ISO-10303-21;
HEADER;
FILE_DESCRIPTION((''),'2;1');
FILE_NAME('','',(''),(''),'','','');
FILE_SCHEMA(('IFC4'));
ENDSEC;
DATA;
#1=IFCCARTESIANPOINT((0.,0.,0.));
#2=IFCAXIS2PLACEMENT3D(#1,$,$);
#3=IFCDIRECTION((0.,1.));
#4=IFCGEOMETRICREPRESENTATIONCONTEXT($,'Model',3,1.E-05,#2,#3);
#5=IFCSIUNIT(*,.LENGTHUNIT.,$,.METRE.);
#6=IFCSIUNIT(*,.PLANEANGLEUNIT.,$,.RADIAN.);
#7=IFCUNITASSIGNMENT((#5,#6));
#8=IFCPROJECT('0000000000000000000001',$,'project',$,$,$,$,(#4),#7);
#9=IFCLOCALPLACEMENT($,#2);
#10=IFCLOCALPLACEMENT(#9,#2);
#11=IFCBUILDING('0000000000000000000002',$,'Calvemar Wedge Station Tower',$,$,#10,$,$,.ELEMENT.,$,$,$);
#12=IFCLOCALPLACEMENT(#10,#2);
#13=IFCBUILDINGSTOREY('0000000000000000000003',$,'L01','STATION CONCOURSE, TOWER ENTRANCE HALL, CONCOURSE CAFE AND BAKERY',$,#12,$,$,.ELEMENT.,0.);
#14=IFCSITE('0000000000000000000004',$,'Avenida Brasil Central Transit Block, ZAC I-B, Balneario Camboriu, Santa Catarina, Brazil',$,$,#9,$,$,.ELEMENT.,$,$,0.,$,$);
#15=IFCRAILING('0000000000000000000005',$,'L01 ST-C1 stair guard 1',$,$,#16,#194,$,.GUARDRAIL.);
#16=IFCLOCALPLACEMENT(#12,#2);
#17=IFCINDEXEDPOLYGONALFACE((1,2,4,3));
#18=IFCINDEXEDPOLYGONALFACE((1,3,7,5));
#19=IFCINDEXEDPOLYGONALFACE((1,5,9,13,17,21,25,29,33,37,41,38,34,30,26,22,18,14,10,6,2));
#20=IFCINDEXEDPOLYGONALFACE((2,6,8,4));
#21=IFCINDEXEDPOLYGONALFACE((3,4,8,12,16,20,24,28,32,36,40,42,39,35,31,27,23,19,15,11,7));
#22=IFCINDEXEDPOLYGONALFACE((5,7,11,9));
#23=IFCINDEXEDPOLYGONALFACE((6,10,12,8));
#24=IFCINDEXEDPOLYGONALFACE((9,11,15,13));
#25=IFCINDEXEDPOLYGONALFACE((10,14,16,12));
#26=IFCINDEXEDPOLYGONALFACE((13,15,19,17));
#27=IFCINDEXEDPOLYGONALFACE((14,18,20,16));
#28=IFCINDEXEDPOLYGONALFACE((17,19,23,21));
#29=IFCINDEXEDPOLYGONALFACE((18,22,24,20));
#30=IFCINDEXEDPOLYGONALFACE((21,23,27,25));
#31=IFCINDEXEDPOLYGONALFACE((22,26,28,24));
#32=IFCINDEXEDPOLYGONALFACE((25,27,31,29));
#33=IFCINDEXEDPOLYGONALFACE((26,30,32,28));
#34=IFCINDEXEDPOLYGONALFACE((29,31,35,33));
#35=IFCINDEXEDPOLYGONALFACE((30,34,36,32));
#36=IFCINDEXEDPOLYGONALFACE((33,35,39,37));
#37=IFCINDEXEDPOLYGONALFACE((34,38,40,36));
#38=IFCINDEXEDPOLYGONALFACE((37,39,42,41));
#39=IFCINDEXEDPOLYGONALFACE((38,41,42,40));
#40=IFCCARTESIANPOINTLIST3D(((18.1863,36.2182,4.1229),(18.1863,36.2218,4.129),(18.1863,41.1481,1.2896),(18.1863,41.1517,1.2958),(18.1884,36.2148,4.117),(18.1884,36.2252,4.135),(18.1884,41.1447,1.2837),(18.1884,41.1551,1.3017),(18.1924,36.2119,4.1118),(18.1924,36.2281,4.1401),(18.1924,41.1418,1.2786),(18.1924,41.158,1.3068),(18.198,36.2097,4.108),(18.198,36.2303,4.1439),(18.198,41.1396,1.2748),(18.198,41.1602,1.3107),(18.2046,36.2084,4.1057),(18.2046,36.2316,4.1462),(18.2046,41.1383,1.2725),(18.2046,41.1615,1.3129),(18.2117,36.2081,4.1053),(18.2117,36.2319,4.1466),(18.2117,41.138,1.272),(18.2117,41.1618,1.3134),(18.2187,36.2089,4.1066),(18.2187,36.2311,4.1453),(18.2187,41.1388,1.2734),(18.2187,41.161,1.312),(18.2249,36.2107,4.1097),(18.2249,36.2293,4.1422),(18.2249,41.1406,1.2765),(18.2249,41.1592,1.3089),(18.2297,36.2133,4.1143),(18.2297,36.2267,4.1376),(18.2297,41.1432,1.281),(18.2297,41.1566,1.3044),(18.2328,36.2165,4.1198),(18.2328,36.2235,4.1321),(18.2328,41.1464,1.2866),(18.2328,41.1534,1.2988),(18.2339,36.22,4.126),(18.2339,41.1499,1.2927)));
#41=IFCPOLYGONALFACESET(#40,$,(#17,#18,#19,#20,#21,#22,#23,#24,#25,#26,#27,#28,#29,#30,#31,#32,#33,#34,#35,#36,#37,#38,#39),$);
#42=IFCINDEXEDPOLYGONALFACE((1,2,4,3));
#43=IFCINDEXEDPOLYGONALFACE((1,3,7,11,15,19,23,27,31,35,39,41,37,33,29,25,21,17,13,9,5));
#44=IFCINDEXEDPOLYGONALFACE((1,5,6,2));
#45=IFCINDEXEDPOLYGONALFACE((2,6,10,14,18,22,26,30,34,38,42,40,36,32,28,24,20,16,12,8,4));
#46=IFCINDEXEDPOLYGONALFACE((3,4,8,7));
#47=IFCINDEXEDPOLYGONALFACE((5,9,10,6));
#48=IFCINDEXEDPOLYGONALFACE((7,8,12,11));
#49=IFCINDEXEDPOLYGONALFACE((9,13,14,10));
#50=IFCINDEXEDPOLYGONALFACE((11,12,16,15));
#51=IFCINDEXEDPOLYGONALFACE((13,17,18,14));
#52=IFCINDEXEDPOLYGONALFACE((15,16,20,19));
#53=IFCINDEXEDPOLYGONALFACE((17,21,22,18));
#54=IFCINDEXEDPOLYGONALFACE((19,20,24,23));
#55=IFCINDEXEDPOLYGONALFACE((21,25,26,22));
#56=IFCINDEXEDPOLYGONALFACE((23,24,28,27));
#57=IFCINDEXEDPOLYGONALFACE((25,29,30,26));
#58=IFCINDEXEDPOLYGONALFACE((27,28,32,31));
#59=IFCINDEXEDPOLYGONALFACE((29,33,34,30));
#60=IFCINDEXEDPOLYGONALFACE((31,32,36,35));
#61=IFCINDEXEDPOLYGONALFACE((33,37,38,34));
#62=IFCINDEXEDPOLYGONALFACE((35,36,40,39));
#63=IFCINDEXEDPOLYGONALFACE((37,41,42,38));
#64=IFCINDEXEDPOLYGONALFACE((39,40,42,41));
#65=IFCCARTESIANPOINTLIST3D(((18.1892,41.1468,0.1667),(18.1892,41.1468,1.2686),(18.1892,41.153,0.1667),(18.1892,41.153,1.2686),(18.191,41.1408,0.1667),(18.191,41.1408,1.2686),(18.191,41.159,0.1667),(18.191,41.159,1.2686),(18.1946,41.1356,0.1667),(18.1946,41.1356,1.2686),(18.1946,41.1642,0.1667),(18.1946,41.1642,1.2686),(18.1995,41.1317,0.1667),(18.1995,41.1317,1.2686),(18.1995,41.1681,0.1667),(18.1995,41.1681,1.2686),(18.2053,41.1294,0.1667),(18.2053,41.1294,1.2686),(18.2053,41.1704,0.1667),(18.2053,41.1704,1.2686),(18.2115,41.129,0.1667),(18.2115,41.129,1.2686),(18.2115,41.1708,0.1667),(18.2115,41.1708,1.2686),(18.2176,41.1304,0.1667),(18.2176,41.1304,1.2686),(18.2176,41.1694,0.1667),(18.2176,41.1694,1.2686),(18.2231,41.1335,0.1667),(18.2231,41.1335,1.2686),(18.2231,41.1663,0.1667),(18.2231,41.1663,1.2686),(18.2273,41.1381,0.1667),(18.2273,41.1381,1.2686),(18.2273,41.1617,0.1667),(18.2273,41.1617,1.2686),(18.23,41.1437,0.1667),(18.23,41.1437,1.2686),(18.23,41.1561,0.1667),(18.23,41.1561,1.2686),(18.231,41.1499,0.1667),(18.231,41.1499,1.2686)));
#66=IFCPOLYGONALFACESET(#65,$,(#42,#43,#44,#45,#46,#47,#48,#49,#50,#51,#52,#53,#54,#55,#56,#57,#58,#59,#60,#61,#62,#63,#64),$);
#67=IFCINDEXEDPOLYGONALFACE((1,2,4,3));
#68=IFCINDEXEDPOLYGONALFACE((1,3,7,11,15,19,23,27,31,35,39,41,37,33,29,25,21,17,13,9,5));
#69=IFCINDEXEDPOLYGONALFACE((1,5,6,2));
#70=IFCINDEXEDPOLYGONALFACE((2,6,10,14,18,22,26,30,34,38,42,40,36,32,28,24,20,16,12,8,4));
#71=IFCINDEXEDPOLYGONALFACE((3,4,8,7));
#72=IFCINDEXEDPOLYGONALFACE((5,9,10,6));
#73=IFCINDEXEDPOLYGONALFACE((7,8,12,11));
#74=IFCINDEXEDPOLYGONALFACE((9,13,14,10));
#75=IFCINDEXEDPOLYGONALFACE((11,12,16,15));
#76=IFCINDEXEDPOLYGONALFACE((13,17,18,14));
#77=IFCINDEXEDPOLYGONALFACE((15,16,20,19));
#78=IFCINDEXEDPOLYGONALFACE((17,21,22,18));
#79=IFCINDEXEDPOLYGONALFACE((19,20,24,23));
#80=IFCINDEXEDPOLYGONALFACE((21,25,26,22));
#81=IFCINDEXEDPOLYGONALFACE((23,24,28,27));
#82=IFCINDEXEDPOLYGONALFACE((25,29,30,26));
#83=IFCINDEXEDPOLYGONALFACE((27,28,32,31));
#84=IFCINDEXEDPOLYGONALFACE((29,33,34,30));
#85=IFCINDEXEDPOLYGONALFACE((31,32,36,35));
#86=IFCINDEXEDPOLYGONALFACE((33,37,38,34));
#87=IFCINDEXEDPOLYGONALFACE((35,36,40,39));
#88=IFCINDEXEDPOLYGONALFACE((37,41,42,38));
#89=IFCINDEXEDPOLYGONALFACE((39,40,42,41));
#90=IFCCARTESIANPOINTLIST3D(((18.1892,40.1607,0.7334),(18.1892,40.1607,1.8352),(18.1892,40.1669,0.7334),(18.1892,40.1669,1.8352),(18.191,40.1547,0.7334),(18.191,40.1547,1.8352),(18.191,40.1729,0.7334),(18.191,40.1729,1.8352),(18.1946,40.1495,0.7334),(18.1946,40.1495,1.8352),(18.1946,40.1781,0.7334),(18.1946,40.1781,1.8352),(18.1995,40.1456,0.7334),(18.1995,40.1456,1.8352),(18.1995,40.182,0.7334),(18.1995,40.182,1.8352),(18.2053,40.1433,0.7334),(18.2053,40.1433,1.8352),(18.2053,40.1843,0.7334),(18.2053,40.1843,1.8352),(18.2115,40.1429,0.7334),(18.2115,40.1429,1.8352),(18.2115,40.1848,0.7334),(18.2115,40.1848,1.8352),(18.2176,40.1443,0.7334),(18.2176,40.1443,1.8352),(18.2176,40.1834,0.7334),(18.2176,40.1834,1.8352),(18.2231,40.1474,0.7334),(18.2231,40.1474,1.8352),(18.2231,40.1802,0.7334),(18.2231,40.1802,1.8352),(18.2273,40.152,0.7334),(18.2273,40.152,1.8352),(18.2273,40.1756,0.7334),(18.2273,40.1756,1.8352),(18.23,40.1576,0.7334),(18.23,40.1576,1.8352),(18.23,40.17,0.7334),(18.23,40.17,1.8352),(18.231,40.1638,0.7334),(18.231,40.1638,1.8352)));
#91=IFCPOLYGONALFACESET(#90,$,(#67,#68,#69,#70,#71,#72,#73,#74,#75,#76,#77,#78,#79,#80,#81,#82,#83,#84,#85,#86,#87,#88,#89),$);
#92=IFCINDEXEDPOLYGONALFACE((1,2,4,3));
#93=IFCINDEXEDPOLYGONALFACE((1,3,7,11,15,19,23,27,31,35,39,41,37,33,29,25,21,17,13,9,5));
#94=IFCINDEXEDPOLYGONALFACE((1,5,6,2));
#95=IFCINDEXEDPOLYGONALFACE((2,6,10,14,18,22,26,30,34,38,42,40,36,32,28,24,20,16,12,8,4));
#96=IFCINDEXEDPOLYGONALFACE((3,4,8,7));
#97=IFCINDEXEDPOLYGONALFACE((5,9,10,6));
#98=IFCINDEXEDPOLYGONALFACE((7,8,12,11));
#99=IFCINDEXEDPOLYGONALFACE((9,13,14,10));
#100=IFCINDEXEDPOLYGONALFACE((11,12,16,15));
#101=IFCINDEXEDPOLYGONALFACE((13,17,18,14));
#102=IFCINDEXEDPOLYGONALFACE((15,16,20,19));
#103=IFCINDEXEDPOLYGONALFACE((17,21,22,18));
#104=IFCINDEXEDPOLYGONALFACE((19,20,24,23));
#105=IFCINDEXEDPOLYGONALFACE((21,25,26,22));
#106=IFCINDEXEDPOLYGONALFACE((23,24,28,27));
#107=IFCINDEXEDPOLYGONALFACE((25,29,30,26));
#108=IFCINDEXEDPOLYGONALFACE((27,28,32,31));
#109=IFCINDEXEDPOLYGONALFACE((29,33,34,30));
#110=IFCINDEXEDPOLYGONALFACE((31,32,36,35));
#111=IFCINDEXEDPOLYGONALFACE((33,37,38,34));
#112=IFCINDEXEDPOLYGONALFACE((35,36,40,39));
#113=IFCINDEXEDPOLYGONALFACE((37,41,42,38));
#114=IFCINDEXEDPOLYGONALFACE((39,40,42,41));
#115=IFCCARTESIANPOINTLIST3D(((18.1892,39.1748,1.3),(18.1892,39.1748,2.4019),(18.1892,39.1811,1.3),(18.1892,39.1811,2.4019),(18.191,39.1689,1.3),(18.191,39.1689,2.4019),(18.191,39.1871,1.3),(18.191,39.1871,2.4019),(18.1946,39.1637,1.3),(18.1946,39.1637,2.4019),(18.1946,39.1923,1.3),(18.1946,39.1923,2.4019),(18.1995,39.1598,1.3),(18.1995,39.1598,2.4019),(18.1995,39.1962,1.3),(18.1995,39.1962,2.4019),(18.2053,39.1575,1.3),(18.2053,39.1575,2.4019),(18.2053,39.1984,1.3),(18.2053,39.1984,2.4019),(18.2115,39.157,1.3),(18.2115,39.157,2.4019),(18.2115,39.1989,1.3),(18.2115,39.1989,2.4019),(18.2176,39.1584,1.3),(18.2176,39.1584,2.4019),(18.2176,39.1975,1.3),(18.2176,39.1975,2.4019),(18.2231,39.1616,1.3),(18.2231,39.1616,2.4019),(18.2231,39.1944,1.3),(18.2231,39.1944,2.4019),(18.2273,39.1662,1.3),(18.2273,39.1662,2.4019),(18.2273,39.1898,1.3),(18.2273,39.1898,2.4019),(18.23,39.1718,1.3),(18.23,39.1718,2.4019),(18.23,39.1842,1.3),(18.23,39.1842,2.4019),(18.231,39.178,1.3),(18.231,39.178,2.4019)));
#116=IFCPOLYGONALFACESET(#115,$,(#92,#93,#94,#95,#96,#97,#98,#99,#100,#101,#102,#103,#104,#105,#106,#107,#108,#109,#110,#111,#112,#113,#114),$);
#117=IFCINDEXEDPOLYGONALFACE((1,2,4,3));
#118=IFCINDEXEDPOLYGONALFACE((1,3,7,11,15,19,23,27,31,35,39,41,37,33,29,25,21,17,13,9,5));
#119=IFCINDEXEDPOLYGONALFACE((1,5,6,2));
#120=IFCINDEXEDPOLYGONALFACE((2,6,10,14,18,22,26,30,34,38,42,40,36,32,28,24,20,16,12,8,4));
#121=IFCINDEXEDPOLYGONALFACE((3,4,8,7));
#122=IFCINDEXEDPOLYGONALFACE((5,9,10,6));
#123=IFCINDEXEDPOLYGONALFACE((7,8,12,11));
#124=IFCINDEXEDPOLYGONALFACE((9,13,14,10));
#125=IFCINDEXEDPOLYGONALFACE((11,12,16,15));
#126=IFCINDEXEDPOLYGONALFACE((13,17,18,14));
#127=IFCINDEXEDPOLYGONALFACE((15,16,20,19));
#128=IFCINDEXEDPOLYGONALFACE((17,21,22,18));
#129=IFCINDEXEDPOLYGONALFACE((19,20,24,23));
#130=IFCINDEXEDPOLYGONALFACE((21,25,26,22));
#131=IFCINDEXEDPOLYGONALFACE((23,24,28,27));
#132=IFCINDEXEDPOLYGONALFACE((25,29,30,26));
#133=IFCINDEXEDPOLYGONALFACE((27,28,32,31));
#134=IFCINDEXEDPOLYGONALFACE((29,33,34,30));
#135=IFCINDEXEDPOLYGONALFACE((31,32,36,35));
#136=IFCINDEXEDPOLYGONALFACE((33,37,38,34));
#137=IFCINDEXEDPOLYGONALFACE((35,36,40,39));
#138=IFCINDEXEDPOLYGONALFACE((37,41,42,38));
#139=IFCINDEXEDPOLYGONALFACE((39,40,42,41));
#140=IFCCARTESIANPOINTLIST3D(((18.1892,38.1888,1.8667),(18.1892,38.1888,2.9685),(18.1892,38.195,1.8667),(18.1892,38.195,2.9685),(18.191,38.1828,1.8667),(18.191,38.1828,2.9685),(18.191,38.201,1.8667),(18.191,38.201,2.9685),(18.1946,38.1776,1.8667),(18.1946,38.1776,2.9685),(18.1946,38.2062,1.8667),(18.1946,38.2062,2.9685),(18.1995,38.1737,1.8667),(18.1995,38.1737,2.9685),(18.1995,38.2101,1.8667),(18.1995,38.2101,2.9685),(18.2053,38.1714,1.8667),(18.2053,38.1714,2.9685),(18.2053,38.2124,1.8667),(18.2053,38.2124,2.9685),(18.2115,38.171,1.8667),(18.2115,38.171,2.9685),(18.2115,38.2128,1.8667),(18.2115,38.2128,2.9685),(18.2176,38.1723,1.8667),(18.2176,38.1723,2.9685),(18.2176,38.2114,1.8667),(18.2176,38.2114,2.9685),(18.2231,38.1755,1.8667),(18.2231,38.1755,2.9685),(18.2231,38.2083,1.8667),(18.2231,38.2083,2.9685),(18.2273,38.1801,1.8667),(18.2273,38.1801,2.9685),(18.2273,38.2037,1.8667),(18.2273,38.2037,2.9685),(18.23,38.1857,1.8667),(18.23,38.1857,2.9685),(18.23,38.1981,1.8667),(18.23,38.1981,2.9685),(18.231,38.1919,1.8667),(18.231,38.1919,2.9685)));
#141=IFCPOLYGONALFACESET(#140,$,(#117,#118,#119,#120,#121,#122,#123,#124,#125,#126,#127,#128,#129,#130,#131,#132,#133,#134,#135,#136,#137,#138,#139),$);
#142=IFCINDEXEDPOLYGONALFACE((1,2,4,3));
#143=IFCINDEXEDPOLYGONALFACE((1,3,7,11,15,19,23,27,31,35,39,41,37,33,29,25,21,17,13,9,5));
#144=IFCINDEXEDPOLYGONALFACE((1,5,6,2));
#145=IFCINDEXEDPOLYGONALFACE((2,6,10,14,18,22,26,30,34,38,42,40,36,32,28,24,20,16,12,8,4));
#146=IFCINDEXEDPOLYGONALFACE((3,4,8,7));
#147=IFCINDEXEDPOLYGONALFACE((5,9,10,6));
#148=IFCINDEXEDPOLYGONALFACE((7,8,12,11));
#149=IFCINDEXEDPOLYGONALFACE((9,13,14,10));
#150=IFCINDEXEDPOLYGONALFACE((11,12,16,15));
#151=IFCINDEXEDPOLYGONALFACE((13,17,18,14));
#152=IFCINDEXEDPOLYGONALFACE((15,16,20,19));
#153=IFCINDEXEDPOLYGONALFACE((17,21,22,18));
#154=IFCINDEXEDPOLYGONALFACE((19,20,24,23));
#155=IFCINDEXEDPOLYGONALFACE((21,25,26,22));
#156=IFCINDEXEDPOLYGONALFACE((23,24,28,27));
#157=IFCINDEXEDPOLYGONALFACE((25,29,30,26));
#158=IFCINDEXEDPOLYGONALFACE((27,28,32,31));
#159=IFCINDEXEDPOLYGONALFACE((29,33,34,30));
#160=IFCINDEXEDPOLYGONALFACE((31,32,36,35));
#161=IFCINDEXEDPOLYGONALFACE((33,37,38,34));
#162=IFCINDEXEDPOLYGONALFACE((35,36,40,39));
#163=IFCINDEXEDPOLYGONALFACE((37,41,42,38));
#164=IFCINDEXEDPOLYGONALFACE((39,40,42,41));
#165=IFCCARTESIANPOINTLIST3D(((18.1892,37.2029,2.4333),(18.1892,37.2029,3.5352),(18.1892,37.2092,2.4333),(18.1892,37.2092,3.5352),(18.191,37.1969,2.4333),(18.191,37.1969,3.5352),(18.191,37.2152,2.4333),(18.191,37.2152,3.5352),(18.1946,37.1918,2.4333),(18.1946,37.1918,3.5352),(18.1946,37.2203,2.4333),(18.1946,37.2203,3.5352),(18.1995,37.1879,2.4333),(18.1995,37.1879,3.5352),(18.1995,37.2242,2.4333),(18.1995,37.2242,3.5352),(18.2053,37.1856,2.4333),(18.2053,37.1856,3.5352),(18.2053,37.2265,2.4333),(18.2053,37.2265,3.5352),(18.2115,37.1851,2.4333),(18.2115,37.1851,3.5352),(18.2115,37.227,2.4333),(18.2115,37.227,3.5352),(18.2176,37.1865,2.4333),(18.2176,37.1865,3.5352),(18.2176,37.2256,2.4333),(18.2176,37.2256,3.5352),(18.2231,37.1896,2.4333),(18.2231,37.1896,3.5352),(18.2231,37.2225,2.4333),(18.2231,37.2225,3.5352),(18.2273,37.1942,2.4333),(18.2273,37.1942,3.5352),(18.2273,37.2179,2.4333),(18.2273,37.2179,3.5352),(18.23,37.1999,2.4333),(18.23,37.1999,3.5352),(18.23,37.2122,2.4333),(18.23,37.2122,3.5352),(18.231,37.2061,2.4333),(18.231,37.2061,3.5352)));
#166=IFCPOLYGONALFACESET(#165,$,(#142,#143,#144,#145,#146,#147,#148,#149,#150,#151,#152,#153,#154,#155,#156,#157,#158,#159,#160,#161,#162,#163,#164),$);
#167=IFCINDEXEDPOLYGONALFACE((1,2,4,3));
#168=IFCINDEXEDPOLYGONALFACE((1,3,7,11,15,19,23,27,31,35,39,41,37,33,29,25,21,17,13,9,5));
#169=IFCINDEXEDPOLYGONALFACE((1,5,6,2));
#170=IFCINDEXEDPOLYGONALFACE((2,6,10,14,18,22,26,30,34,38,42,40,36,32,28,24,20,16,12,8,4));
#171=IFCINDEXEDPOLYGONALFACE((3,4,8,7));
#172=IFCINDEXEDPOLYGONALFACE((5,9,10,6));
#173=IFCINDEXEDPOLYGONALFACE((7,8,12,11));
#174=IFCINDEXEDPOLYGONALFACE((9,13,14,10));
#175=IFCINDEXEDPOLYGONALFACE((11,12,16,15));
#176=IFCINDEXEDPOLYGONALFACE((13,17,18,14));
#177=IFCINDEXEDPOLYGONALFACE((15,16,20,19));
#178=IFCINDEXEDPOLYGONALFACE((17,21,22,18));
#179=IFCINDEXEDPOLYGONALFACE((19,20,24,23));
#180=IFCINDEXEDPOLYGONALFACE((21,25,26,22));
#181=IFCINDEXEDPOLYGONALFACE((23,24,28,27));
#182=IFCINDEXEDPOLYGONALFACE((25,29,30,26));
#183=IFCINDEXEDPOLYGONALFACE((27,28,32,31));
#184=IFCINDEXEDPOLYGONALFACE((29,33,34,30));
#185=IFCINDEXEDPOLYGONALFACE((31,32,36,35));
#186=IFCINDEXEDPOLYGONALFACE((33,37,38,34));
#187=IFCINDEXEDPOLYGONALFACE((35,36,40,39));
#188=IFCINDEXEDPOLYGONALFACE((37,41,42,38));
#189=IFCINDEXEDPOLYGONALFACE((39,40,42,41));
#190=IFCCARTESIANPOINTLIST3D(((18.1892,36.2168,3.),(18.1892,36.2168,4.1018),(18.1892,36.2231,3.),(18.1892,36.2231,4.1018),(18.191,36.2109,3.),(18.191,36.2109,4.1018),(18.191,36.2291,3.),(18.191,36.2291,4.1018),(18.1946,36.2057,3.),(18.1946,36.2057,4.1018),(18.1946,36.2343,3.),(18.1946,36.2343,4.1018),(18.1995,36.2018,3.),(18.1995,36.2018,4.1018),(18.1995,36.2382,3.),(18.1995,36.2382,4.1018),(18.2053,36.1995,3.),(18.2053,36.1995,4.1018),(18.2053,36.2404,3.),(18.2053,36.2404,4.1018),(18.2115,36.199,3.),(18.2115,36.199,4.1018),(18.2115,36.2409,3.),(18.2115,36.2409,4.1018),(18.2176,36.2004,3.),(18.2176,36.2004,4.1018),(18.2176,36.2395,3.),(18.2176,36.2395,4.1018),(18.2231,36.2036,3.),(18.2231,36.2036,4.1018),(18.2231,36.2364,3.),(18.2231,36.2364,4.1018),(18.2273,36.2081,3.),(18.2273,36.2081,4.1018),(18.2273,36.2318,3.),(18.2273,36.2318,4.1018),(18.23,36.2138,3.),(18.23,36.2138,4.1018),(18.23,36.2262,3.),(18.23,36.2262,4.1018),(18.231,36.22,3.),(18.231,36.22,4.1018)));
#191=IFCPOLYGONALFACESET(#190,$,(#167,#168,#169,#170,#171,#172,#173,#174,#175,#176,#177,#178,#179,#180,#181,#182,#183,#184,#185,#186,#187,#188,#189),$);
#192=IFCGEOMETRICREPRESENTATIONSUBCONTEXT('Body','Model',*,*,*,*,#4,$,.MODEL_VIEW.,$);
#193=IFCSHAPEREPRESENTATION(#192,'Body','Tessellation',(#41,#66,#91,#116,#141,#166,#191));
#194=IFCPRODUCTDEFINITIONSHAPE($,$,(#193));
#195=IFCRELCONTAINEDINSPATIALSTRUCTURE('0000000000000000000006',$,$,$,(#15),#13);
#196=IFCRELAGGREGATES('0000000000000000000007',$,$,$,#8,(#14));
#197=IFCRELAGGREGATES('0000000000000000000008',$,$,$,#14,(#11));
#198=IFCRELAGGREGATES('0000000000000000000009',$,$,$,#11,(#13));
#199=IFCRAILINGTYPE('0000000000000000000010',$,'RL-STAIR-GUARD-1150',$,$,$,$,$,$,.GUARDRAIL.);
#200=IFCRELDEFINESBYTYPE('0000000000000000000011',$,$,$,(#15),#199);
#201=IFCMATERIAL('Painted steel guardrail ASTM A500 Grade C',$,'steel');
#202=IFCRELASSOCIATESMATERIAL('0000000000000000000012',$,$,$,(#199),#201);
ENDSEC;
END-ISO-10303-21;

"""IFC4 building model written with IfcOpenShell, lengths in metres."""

from ifc_helpers import new_model, si_unit, direction, frame, origin, origin_2d, place, context, subcontext, project, spatial, circle, extrude, material, type_object, element, save


model = new_model("IFC4")

# Units and contexts
model_context = context("Model", 3, precision=1e-05, world=origin(), true_north=direction((0.0, 1.0)))
body_context = subcontext(model_context, "Body", "Model", "MODEL_VIEW")
ifc_project = project(units=[si_unit("LENGTHUNIT", "METRE"), si_unit("PLANEANGLEUNIT", "RADIAN")], contexts=[model_context])

# Site, building, storey
site_placement = place(None, origin())
site = spatial("IfcSite", under=ifc_project, at=site_placement, Name="Avenida Brasil Central Transit Block, ZAC I-B, Balneario Camboriu, Santa Catarina, Brazil", CompositionType="ELEMENT", RefElevation=0.0)
building_placement = place(site_placement, origin())
building = spatial("IfcBuilding", under=site, at=building_placement, Name="Calvemar Wedge Station Tower", CompositionType="ELEMENT")
storey_placement = place(building_placement, origin())
storey = spatial("IfcBuildingStorey", under=building, at=storey_placement, Name="L01", Description="STATION CONCOURSE, TOWER ENTRANCE HALL, CONCOURSE CAFE AND BAKERY", CompositionType="ELEMENT", Elevation=0.0)

# Railing
ifc_material_1 = material(Name="Painted steel guardrail ASTM A500 Grade C", Category="steel")
railing_type_1 = type_object("IfcRailingType", Name="RL-STAIR-GUARD-1150", PredefinedType="GUARDRAIL", material=ifc_material_1)
railing_1_placement = place(storey_placement, frame((18.21, 41.1499, 0.1667)))
element("IfcRailing", 1, at=railing_1_placement, inside=storey, type_object=railing_type_1, Name="L01 ST-C1 stair guard 1", PredefinedType="GUARDRAIL", context=body_context, shape_type="SweptSolid", body=[
    extrude(circle(Radius=0.0239, at=origin_2d()), frame((0.0, 0.0, 1.126), z_axis=(0.0, -0.867017, 0.498278), x_axis=(1.0, 0.0, 0.0)), (0.0, 0.0, 1.0), 5.686),
    extrude(circle(Radius=0.021, at=origin_2d()), origin(), (0.0, 0.0, 1.0), 1.1018),
    extrude(circle(Radius=0.021, at=origin_2d()), frame((0.0, -0.9861, 0.5667)), (0.0, 0.0, 1.0), 1.1018),
    extrude(circle(Radius=0.021, at=origin_2d()), frame((0.0, -1.9719, 1.1333)), (0.0, 0.0, 1.0), 1.1018),
    extrude(circle(Radius=0.021, at=origin_2d()), frame((0.0, -2.958, 1.7)), (0.0, 0.0, 1.0), 1.1018),
    extrude(circle(Radius=0.021, at=origin_2d()), frame((0.0, -3.9438, 2.2666)), (0.0, 0.0, 1.0), 1.1018),
    extrude(circle(Radius=0.021, at=origin_2d()), frame((0.0, -4.9299, 2.8333)), (0.0, 0.0, 1.0), 1.1018),
])

save(model, "model.ifc")
